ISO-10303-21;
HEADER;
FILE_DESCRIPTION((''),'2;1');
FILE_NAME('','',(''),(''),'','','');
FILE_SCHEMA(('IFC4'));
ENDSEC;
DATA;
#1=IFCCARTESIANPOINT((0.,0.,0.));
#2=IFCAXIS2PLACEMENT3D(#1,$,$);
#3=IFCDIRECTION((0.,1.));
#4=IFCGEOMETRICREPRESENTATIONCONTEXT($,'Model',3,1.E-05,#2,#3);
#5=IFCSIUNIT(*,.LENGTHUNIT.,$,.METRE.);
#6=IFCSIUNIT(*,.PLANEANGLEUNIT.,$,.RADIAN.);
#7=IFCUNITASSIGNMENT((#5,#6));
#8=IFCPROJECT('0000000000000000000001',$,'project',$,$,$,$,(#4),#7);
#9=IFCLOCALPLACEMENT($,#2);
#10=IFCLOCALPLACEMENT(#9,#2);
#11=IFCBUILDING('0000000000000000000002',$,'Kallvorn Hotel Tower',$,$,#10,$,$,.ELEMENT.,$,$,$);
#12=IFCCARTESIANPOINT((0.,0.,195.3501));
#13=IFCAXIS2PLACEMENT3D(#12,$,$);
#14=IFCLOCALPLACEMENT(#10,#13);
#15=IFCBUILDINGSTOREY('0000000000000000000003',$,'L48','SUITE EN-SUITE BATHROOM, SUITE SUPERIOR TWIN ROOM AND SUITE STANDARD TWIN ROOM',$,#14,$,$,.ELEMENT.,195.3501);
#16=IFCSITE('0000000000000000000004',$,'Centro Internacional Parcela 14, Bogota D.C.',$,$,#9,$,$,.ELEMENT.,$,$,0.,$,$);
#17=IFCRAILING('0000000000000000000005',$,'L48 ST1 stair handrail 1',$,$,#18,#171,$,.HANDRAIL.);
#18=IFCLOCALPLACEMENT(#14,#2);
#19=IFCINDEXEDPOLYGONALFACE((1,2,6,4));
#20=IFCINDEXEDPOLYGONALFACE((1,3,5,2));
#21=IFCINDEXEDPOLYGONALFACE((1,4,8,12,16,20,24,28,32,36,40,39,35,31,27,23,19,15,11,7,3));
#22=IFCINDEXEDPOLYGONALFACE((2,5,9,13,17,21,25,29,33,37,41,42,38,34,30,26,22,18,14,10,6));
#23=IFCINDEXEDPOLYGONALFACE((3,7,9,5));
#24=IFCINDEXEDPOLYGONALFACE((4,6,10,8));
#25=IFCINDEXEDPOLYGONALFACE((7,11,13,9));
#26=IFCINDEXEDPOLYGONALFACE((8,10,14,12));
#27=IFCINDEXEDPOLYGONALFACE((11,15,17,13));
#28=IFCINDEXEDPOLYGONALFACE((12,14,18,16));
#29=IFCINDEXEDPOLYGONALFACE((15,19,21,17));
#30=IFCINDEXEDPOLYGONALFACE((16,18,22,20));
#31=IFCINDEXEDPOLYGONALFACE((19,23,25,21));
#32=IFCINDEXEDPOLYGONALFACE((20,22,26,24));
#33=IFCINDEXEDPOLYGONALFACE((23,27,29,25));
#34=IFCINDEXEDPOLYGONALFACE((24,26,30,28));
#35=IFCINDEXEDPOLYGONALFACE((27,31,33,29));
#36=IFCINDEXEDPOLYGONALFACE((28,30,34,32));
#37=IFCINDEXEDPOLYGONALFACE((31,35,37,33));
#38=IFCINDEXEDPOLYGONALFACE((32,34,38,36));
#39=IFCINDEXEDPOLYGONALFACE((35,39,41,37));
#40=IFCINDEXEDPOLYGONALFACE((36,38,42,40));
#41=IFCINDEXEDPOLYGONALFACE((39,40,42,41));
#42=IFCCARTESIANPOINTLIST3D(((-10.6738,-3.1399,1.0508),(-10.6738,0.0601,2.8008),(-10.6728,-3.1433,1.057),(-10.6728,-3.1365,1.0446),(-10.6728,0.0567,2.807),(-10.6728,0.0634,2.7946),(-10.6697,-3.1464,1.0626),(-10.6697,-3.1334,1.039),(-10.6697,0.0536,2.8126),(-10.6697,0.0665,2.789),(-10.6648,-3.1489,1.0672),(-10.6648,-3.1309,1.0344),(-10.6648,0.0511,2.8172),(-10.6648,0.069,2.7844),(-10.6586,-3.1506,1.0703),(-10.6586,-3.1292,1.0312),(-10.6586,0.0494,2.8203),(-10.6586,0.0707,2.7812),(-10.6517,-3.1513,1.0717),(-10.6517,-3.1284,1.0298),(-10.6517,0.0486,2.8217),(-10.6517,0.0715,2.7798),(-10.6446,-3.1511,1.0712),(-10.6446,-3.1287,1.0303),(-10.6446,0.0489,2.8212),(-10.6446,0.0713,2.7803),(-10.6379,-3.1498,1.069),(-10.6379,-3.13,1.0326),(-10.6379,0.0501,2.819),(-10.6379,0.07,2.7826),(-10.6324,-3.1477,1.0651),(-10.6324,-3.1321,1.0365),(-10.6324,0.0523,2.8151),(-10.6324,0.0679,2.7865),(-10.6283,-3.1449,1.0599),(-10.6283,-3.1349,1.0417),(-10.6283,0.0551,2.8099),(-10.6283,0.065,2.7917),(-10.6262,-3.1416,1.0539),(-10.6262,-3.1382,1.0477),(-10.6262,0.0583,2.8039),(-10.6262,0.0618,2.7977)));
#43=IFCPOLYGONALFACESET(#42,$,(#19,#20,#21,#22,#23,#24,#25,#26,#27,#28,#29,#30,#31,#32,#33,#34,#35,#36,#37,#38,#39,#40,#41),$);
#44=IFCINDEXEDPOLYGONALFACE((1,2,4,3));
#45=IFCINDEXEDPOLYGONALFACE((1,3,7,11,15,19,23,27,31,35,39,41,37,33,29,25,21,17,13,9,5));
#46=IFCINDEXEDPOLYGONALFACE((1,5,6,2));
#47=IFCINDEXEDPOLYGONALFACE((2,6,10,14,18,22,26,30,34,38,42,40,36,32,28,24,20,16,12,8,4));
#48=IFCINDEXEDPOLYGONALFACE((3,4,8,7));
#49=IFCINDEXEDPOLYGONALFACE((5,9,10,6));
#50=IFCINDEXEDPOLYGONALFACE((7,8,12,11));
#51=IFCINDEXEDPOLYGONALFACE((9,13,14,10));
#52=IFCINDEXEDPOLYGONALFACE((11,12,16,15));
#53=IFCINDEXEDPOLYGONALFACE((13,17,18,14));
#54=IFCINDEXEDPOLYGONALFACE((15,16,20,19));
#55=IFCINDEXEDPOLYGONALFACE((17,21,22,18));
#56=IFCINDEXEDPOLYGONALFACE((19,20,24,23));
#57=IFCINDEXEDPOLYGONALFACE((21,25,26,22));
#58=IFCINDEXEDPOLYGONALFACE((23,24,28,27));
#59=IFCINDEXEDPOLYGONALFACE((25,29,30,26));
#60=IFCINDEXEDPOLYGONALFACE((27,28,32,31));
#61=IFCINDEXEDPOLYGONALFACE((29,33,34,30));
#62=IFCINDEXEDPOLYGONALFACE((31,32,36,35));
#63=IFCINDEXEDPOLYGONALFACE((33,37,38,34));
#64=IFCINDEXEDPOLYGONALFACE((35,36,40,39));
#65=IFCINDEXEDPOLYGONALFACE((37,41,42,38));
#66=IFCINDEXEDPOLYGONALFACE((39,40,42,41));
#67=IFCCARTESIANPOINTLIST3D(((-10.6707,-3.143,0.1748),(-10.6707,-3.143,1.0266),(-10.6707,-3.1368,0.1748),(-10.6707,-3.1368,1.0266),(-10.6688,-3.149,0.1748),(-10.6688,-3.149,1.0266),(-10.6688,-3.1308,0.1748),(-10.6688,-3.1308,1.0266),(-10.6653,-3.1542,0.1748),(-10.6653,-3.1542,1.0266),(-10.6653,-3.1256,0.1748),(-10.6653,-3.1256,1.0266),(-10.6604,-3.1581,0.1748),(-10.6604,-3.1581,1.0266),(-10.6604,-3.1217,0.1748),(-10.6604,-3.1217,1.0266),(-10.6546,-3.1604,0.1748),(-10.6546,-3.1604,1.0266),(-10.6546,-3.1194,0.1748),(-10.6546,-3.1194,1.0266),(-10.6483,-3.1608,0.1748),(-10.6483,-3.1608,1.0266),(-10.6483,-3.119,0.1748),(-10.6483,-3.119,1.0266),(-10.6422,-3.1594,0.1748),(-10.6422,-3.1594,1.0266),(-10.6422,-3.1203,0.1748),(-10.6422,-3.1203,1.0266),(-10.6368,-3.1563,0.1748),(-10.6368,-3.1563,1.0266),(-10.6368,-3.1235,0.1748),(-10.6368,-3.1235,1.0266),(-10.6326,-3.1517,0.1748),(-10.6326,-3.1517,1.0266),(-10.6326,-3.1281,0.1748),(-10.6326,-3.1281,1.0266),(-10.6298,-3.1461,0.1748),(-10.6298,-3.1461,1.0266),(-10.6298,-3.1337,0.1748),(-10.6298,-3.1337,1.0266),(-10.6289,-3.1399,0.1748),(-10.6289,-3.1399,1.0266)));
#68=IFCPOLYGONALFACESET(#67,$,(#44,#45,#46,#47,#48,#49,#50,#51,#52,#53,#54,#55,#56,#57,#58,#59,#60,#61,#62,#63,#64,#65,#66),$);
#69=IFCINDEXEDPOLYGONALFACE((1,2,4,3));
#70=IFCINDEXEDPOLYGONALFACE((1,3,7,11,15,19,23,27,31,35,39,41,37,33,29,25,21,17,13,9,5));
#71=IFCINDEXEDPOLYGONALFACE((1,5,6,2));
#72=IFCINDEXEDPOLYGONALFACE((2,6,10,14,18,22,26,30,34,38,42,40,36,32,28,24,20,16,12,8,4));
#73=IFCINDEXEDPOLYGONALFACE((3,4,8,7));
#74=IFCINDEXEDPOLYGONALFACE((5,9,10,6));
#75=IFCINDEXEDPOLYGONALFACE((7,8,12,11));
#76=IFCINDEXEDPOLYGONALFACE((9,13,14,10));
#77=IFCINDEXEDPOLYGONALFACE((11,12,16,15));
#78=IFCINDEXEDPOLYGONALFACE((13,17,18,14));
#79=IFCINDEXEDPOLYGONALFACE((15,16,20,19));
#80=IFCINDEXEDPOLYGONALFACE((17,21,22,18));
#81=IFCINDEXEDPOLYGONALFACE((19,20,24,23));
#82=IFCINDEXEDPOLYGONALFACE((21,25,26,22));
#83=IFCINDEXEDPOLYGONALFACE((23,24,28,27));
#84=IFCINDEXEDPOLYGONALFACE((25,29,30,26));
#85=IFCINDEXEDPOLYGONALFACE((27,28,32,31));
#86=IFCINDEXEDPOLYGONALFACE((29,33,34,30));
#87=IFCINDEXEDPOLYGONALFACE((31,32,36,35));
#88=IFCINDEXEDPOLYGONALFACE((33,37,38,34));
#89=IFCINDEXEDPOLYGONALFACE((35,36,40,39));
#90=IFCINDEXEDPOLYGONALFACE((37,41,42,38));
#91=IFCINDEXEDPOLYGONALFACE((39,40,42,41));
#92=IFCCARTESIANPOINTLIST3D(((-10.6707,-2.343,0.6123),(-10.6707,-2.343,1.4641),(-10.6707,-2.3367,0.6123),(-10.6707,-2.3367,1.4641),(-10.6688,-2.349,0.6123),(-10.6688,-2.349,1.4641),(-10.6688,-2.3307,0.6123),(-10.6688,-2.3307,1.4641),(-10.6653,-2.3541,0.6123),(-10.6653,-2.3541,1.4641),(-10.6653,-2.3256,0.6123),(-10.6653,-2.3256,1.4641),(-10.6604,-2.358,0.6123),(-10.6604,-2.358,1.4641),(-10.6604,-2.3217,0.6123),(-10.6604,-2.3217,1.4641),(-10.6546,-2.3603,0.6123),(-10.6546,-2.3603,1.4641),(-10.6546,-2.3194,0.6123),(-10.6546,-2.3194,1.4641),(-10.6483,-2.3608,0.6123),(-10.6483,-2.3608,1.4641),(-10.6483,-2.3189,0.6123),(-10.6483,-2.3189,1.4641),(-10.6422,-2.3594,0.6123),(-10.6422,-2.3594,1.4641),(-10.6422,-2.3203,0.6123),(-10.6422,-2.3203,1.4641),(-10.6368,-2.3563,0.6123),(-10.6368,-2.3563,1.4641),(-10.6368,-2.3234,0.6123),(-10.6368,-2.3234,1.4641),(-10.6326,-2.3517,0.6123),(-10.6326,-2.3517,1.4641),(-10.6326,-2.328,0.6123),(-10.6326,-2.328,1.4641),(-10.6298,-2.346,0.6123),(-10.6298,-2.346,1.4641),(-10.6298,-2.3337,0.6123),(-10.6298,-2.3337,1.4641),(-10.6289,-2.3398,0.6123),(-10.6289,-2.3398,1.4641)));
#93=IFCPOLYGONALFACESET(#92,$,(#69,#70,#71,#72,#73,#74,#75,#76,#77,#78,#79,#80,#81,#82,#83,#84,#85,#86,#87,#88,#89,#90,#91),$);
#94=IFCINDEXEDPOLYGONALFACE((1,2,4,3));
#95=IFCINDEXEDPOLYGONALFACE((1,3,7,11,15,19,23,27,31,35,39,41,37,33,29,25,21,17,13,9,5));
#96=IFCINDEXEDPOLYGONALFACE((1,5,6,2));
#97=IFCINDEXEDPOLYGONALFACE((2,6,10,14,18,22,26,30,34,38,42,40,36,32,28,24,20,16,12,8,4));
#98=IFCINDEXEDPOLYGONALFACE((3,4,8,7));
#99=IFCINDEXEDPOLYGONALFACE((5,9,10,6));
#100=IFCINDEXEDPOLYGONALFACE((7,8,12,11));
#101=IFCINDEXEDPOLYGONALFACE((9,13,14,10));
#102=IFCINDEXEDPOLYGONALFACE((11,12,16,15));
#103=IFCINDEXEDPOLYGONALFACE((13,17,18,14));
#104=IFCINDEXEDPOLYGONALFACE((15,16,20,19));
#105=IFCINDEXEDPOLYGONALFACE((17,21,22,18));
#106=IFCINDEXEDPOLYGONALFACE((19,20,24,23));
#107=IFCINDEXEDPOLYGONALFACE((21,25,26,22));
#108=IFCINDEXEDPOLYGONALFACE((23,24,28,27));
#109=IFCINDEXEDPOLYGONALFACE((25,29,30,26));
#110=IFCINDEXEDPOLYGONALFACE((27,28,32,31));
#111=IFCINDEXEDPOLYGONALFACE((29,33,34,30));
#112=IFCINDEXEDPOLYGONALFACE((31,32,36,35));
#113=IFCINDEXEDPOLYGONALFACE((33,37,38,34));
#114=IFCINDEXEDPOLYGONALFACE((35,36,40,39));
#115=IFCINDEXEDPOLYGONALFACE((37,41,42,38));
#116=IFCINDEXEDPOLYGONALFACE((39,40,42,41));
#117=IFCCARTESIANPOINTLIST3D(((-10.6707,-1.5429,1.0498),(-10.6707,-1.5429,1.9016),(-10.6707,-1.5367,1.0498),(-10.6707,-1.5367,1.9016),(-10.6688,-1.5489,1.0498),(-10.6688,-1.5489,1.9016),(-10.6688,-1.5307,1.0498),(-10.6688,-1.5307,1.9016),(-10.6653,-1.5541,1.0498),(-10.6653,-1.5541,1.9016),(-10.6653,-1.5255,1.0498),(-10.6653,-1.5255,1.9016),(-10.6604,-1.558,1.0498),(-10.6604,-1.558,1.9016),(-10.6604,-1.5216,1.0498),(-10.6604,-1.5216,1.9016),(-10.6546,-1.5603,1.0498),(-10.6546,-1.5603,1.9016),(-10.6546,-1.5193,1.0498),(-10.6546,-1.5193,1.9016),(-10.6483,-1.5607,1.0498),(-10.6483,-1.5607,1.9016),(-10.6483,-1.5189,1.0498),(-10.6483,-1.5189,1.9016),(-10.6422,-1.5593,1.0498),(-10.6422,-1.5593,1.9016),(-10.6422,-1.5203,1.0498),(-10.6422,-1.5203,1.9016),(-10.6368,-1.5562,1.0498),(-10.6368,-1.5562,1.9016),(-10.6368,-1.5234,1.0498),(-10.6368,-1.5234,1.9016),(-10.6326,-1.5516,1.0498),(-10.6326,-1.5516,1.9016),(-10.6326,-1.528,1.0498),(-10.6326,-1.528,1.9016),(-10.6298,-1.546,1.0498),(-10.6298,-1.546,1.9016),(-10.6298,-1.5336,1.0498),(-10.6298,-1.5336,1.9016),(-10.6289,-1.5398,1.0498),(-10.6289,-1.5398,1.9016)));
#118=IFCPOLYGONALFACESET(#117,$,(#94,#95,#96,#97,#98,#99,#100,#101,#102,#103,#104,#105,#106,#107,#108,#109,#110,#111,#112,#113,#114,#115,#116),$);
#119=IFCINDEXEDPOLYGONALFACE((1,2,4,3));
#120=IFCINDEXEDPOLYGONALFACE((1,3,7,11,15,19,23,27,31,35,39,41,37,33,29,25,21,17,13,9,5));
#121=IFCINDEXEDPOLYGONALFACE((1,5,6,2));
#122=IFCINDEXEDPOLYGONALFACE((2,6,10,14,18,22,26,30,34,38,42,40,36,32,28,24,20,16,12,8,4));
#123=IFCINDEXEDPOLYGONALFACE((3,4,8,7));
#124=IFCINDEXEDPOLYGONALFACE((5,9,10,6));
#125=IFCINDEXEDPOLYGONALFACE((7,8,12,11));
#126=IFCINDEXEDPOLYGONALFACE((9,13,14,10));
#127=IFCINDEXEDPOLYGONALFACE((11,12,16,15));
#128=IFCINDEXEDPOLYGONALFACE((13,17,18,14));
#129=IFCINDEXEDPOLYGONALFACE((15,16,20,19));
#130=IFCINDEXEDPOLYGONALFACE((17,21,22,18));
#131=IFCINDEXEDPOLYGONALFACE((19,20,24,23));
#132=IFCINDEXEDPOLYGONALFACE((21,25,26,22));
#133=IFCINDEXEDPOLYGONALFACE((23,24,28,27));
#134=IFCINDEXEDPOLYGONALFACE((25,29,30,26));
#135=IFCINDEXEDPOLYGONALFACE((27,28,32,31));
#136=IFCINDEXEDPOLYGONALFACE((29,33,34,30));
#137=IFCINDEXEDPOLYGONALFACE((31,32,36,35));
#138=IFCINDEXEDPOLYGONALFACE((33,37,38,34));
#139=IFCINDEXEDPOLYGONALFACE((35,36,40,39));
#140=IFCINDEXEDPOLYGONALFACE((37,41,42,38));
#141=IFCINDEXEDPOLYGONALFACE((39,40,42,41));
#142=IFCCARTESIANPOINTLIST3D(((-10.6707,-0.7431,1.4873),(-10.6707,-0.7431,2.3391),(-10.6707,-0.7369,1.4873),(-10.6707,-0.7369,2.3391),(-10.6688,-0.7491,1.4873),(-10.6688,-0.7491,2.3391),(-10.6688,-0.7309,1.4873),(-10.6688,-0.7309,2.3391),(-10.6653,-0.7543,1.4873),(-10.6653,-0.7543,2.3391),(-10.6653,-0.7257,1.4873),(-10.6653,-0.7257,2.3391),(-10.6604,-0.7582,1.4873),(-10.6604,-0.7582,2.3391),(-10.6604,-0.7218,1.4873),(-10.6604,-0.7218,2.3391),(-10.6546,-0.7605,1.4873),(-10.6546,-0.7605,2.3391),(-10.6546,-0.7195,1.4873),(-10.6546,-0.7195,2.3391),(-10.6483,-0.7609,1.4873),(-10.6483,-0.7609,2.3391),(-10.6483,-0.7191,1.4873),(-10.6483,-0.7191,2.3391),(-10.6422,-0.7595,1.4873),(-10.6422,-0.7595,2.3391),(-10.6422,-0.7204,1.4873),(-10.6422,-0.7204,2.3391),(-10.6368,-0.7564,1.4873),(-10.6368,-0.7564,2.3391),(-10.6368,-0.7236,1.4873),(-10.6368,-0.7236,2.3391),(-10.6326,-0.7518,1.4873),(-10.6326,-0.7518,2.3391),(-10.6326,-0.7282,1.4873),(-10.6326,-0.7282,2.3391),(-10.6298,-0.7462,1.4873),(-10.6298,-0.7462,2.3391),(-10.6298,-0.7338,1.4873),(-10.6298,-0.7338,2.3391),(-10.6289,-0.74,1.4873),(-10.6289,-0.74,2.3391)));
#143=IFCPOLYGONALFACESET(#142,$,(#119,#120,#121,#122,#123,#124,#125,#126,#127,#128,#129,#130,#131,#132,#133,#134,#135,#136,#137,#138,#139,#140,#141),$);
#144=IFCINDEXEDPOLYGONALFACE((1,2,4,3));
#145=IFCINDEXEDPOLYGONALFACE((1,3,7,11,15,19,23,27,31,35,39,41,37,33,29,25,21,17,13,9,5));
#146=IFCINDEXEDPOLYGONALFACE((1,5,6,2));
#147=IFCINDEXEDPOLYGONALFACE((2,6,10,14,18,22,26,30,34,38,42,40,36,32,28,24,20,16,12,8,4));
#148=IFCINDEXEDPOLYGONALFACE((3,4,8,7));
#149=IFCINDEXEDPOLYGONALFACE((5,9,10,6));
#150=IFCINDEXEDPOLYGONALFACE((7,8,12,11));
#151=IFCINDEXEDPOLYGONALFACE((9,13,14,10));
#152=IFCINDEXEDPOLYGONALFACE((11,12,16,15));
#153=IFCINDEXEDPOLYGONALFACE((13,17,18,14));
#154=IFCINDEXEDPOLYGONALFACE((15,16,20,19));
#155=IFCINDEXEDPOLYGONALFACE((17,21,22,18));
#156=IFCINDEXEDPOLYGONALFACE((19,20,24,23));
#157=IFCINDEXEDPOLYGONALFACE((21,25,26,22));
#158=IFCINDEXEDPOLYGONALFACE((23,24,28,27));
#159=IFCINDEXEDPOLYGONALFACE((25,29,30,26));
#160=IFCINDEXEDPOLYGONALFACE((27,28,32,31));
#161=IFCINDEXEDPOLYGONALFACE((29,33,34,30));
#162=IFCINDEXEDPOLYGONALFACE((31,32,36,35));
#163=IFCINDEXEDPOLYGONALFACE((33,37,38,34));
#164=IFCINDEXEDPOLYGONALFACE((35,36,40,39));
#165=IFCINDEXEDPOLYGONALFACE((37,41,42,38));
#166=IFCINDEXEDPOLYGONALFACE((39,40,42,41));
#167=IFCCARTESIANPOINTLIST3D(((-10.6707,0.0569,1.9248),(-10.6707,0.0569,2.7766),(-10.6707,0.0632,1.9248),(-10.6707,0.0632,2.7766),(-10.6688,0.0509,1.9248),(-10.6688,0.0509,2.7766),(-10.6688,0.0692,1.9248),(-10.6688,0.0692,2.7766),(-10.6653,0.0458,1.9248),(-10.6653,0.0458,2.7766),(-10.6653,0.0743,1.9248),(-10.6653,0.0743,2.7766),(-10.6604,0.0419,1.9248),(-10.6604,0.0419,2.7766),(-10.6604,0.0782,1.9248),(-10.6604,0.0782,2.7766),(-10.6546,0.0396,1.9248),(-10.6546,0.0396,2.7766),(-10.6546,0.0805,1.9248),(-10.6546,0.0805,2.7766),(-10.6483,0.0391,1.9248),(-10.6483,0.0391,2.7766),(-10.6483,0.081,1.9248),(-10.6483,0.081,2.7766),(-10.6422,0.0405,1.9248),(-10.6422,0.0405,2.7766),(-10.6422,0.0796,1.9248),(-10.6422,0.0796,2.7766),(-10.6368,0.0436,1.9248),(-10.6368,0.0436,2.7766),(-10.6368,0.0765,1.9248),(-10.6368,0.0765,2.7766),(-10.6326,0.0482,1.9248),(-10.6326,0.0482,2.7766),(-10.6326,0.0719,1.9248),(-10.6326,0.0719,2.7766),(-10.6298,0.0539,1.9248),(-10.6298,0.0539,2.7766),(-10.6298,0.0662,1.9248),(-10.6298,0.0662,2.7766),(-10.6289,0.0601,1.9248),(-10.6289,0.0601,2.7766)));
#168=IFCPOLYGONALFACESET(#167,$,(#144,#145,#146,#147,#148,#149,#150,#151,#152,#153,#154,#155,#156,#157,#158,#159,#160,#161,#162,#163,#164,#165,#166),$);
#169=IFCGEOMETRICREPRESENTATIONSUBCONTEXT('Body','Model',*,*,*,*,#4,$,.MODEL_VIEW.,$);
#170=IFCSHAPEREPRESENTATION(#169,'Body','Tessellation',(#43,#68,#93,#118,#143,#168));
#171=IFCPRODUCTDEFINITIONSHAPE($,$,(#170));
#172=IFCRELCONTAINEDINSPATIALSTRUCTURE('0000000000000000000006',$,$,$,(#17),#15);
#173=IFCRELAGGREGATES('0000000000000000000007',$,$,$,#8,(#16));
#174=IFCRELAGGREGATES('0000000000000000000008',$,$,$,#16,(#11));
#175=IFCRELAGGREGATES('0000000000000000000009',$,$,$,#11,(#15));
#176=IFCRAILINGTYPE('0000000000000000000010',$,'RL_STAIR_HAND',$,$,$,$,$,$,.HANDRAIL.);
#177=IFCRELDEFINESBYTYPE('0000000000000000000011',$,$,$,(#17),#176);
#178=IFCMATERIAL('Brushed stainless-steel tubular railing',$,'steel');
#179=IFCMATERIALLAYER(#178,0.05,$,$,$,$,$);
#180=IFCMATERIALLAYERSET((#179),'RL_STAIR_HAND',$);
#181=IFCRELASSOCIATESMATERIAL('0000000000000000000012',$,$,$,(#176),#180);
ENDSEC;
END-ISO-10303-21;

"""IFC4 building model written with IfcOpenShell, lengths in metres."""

from ifc_helpers import new_model, si_unit, direction, frame, origin, origin_2d, place, context, subcontext, project, spatial, circle, extrude, material, layer, layer_set, type_object, element, save


model = new_model("IFC4")

# Units and contexts
model_context = context("Model", 3, precision=1e-05, world=origin(), true_north=direction((0.0, 1.0)))
body_context = subcontext(model_context, "Body", "Model", "MODEL_VIEW")
ifc_project = project(units=[si_unit("LENGTHUNIT", "METRE"), si_unit("PLANEANGLEUNIT", "RADIAN")], contexts=[model_context])

# Site, building, storey
site_placement = place(None, origin())
site = spatial("IfcSite", under=ifc_project, at=site_placement, Name="Centro Internacional Parcela 14, Bogota D.C.", CompositionType="ELEMENT", RefElevation=0.0)
building_placement = place(site_placement, origin())
building = spatial("IfcBuilding", under=site, at=building_placement, Name="Kallvorn Hotel Tower", CompositionType="ELEMENT")
storey_placement = place(building_placement, frame((0.0, 0.0, 195.3501)))
storey = spatial("IfcBuildingStorey", under=building, at=storey_placement, Name="L48", Description="SUITE EN-SUITE BATHROOM, SUITE SUPERIOR TWIN ROOM AND SUITE STANDARD TWIN ROOM", CompositionType="ELEMENT", Elevation=195.3501)

# Railing
ifc_material_1 = material(Name="Brushed stainless-steel tubular railing", Category="steel")
ifc_layer_1 = layer(ifc_material_1, 0.05)
ifc_layer_set_1 = layer_set([ifc_layer_1], Name="RL_STAIR_HAND")
railing_type_1 = type_object("IfcRailingType", Name="RL_STAIR_HAND", PredefinedType="HANDRAIL", material=ifc_layer_set_1)
railing_1_placement = place(storey_placement, frame((-10.6499, -3.1399, 0.1748)))
element("IfcRailing", 1, at=railing_1_placement, inside=storey, type_object=railing_type_1, Name="L48 ST1 stair handrail 1", PredefinedType="HANDRAIL", context=body_context, shape_type="SweptSolid", body=[
    extrude(circle(Radius=0.0239, at=origin_2d()), frame((0.0, 0.0, 0.876), z_axis=(0.0, 0.877368, 0.479818), x_axis=(-1.0, 0.0, 0.0)), (0.0, 0.0, 1.0), 3.6472),
    extrude(circle(Radius=0.021, at=origin_2d()), origin(), (0.0, 0.0, 1.0), 0.8518),
    extrude(circle(Radius=0.021, at=origin_2d()), frame((0.0, 0.8, 0.4375)), (0.0, 0.0, 1.0), 0.8518),
    extrude(circle(Radius=0.021, at=origin_2d()), frame((0.0, 1.6001, 0.875)), (0.0, 0.0, 1.0), 0.8518),
    extrude(circle(Radius=0.021, at=origin_2d()), frame((0.0, 2.3999, 1.3125)), (0.0, 0.0, 1.0), 0.8518),
    extrude(circle(Radius=0.021, at=origin_2d()), frame((0.0, 3.2, 1.75)), (0.0, 0.0, 1.0), 0.8518),
])

save(model, "model.ifc")
